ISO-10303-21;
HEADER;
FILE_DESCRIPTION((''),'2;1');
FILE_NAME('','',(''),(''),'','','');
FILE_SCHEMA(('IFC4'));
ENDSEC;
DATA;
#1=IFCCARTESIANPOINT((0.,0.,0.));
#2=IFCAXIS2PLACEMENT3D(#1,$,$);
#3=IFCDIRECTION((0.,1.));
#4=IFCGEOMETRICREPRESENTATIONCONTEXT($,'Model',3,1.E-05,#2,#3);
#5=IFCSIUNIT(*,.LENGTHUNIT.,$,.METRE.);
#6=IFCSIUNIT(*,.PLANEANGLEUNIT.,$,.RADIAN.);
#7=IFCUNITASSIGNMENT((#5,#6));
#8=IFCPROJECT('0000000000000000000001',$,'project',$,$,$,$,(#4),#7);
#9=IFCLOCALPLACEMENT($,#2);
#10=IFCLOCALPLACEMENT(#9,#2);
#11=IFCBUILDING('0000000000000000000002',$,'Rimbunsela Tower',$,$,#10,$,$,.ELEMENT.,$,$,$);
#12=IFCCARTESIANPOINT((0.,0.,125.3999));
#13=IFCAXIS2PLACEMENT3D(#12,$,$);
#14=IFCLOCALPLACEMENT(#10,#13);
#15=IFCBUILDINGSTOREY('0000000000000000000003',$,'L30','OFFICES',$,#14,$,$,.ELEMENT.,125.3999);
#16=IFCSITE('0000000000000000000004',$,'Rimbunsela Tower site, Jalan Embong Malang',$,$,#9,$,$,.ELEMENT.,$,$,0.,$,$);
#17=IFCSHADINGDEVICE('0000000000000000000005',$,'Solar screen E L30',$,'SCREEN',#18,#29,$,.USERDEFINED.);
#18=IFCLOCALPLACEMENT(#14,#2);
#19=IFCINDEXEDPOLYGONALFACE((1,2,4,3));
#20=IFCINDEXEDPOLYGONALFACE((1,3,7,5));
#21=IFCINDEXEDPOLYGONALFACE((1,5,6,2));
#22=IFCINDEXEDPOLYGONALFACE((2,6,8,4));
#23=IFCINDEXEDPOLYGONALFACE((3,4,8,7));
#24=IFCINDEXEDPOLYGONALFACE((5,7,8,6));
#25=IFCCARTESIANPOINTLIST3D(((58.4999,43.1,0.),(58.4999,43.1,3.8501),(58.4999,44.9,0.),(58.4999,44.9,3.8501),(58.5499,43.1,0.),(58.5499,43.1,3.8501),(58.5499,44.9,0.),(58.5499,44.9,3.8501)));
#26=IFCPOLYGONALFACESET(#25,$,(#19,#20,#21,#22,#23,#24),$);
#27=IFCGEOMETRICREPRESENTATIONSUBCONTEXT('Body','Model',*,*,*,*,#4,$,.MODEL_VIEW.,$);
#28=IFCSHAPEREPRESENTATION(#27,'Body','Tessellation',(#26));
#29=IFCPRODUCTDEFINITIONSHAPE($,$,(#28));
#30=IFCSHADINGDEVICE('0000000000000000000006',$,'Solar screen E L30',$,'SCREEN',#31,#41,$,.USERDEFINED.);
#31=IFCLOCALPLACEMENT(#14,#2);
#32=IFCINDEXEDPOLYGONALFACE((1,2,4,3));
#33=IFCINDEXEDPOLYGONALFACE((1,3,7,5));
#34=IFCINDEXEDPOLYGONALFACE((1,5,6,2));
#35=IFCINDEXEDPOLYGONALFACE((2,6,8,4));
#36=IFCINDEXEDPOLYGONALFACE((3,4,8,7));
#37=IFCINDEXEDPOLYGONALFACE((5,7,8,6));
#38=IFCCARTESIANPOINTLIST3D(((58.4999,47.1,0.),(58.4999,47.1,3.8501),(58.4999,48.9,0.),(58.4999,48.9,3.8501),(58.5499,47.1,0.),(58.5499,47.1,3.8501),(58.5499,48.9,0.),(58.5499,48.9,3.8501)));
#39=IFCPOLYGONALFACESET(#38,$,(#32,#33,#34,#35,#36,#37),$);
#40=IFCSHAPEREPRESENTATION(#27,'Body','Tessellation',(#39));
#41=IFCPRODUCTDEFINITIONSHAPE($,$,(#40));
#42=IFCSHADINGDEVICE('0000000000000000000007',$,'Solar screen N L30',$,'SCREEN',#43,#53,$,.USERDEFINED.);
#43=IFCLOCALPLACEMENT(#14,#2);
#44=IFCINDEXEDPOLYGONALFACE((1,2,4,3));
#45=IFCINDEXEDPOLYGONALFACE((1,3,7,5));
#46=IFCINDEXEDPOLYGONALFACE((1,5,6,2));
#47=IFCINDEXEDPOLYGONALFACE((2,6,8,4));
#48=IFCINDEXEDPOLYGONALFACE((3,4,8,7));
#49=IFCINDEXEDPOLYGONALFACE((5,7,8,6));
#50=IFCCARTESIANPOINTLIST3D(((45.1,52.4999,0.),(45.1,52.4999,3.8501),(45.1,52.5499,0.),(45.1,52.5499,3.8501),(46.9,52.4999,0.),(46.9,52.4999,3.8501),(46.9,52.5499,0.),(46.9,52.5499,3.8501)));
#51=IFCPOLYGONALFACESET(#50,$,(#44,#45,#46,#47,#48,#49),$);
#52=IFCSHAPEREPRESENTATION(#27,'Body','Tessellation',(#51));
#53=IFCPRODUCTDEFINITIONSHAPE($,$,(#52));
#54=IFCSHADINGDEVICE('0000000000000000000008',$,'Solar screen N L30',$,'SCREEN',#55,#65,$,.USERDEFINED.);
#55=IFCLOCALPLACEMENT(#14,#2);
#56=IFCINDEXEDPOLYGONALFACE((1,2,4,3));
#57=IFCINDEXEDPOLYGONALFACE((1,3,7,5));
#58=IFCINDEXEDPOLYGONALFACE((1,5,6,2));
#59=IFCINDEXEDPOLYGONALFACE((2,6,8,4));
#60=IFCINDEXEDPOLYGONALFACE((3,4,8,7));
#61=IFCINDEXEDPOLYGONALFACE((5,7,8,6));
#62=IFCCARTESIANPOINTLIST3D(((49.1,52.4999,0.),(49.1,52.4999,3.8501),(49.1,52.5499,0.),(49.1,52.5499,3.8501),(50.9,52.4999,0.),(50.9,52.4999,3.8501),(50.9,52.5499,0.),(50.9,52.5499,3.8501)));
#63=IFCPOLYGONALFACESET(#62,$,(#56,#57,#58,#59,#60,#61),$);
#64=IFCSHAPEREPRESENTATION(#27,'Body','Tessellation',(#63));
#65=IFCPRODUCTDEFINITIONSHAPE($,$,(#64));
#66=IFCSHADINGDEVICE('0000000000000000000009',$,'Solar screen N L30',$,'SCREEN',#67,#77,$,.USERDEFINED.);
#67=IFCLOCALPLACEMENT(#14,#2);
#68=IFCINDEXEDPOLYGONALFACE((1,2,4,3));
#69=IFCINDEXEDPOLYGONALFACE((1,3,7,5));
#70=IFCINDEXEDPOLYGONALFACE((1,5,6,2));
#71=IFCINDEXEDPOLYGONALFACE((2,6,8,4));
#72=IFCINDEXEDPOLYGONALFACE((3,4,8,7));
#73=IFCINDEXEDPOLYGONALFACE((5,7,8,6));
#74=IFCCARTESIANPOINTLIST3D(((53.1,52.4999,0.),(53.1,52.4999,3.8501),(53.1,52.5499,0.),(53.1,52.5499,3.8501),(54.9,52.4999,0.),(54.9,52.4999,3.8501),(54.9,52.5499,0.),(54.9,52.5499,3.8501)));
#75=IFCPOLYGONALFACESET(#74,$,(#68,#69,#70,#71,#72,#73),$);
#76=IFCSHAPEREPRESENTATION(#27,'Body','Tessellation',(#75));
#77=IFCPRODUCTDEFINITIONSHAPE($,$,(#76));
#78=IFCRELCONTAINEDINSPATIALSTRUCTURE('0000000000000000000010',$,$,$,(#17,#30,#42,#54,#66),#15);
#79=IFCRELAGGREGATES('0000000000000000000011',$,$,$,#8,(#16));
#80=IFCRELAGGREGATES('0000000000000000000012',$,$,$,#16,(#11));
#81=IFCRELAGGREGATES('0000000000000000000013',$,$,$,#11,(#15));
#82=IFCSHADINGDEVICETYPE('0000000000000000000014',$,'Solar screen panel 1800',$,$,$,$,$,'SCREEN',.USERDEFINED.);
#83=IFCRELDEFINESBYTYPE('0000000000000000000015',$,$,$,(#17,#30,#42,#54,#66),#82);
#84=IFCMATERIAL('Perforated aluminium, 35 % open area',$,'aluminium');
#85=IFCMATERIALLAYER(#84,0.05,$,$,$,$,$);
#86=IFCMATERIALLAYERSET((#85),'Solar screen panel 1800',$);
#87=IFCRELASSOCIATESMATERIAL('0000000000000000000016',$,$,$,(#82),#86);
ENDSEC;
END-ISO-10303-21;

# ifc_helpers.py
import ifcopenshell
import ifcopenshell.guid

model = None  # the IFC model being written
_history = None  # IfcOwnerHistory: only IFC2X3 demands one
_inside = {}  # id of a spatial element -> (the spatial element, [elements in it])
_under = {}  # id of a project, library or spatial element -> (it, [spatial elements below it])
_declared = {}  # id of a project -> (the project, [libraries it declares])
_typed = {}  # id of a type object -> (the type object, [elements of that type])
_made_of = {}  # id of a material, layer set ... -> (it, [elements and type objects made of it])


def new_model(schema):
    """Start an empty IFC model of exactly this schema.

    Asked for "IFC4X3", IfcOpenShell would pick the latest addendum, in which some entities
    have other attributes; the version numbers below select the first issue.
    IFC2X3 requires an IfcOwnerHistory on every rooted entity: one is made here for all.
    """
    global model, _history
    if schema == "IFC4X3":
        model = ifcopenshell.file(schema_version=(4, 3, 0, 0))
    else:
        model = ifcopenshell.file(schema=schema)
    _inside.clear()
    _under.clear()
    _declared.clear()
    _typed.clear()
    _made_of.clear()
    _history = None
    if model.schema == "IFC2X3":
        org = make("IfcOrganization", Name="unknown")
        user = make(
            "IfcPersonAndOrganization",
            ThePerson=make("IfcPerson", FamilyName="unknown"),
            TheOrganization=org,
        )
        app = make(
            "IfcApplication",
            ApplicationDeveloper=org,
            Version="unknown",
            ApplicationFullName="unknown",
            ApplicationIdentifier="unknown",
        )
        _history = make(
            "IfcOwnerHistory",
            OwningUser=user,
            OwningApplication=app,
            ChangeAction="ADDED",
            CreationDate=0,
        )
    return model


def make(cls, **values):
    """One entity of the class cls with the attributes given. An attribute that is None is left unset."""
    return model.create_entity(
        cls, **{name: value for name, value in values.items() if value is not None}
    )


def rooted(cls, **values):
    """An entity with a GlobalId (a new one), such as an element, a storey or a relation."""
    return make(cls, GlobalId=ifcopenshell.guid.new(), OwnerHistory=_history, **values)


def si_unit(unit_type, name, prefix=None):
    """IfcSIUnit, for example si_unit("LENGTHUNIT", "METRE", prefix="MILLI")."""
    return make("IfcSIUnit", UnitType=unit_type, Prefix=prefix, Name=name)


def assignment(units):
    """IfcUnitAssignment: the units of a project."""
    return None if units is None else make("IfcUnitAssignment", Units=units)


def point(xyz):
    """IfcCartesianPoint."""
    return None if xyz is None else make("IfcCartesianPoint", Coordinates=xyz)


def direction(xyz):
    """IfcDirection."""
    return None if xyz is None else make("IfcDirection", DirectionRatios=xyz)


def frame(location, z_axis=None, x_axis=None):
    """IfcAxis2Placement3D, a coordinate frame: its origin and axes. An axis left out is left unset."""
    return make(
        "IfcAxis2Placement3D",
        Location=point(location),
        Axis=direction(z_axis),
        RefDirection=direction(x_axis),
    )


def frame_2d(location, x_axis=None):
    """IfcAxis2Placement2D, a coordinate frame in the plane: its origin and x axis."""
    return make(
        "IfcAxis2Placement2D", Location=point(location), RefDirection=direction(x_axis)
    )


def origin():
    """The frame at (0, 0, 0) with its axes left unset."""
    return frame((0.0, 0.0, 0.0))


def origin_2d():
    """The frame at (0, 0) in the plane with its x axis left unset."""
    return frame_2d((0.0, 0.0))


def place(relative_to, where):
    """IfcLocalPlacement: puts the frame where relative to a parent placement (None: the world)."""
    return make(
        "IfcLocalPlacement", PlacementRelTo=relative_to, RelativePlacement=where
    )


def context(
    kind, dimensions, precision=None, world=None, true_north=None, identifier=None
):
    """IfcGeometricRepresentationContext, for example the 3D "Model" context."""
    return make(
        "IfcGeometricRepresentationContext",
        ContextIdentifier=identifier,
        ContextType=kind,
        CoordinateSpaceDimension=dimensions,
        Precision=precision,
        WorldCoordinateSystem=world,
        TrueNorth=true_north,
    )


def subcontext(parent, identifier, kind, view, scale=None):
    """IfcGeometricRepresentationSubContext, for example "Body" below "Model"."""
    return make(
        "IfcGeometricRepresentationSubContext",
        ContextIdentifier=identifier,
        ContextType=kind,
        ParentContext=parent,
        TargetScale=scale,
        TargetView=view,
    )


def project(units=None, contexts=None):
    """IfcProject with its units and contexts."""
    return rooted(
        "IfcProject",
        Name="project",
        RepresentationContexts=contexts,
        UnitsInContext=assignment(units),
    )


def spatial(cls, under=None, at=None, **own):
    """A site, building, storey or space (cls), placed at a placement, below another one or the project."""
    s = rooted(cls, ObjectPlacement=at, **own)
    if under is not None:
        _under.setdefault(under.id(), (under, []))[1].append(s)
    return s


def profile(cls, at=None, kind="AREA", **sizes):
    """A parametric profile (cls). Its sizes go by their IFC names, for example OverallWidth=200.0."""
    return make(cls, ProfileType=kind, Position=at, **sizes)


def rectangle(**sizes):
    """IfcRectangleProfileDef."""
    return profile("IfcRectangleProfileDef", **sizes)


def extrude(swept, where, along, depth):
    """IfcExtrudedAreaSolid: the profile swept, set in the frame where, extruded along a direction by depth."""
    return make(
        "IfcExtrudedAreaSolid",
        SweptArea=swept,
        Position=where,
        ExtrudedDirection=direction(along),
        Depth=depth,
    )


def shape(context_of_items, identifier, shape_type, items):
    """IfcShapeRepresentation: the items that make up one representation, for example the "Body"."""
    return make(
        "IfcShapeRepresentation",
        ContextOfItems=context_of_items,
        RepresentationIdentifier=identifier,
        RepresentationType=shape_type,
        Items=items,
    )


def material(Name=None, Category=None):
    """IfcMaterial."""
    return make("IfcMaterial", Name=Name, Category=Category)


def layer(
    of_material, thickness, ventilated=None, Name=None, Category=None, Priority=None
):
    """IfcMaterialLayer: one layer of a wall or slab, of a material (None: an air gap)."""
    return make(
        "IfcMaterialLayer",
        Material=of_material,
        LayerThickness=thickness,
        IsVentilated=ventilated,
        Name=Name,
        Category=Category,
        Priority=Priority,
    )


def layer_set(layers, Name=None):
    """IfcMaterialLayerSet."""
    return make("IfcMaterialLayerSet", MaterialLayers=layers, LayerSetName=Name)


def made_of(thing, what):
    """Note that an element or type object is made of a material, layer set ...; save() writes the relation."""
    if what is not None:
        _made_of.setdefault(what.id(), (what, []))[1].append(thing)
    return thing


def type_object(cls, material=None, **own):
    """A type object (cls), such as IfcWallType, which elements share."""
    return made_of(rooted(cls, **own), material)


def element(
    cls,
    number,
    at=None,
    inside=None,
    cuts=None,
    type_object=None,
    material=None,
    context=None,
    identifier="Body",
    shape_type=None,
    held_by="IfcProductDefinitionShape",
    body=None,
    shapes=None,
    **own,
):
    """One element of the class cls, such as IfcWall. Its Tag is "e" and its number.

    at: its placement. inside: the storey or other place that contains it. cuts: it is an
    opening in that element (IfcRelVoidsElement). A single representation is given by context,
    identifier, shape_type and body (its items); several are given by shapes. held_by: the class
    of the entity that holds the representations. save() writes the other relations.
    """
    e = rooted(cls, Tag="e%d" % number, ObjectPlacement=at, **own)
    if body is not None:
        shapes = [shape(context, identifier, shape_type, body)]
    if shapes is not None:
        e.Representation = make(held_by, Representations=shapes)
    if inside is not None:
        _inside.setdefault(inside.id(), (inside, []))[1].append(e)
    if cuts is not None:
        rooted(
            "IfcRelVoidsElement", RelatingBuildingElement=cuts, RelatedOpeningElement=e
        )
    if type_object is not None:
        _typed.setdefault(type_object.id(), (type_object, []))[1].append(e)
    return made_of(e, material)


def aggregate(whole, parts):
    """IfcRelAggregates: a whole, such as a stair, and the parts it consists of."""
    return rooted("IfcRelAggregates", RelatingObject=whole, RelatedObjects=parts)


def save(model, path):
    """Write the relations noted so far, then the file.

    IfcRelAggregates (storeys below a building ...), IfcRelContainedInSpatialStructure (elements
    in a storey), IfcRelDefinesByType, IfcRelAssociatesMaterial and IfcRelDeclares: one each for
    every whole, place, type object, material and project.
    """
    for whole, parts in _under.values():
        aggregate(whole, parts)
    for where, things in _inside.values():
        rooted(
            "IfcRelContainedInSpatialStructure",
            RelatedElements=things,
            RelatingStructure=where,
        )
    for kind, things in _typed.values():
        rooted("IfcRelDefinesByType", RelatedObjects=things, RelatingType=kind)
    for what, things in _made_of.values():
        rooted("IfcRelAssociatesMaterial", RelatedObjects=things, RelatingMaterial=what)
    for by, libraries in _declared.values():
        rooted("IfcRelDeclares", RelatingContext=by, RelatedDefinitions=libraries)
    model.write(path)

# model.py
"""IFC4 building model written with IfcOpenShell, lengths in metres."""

from ifc_helpers import new_model, si_unit, direction, frame, origin, origin_2d, place, context, subcontext, project, spatial, rectangle, extrude, material, layer, layer_set, type_object, element, save


model = new_model("IFC4")

# Units and contexts
model_context = context("Model", 3, precision=1e-05, world=origin(), true_north=direction((0.0, 1.0)))
body_context = subcontext(model_context, "Body", "Model", "MODEL_VIEW")
ifc_project = project(units=[si_unit("LENGTHUNIT", "METRE"), si_unit("PLANEANGLEUNIT", "RADIAN")], contexts=[model_context])

# Site, building, storey
site_placement = place(None, origin())
site = spatial("IfcSite", under=ifc_project, at=site_placement, Name="Rimbunsela Tower site, Jalan Embong Malang", CompositionType="ELEMENT", RefElevation=0.0)
building_placement = place(site_placement, origin())
building = spatial("IfcBuilding", under=site, at=building_placement, Name="Rimbunsela Tower", CompositionType="ELEMENT")
storey_placement = place(building_placement, frame((0.0, 0.0, 125.3999)))
storey = spatial("IfcBuildingStorey", under=building, at=storey_placement, Name="L30", Description="OFFICES", CompositionType="ELEMENT", Elevation=125.3999)

# Shading devices
ifc_material_1 = material(Name="Perforated aluminium, 35 % open area", Category="aluminium")
ifc_layer_1 = layer(ifc_material_1, 0.05)
ifc_layer_set_1 = layer_set([ifc_layer_1], Name="Solar screen panel 1800")
shading_device_type = type_object("IfcShadingDeviceType", Name="Solar screen panel 1800", ElementType="SCREEN", PredefinedType="USERDEFINED", material=ifc_layer_set_1)
for number, where, z_axis, x_axis, name in (
    (1, (58.5249, 44.0, 0.0), (0.0, 0.0, 1.0), (0.0, 1.0, 0.0), "Solar screen E L30"),
    (2, (58.5249, 48.0, 0.0), (0.0, 0.0, 1.0), (0.0, 1.0, 0.0), "Solar screen E L30"),
    (3, (46.0, 52.5249, 0.0), (0.0, 0.0, 1.0), (1.0, 0.0, 0.0), "Solar screen N L30"),
    (4, (50.0, 52.5249, 0.0), (0.0, 0.0, 1.0), (1.0, 0.0, 0.0), "Solar screen N L30"),
    (5, (54.0, 52.5249, 0.0), (0.0, 0.0, 1.0), (1.0, 0.0, 0.0), "Solar screen N L30"),
):
    element("IfcShadingDevice", number, at=place(storey_placement, frame(where, z_axis=z_axis, x_axis=x_axis)), inside=storey, type_object=shading_device_type, Name=name, ObjectType="SCREEN", PredefinedType="USERDEFINED", context=body_context, shape_type="SweptSolid", body=[
        extrude(rectangle(XDim=1.8, YDim=0.05, at=origin_2d()), origin(), (0.0, 0.0, 1.0), 3.8501),
    ])

save(model, "model.ifc")
